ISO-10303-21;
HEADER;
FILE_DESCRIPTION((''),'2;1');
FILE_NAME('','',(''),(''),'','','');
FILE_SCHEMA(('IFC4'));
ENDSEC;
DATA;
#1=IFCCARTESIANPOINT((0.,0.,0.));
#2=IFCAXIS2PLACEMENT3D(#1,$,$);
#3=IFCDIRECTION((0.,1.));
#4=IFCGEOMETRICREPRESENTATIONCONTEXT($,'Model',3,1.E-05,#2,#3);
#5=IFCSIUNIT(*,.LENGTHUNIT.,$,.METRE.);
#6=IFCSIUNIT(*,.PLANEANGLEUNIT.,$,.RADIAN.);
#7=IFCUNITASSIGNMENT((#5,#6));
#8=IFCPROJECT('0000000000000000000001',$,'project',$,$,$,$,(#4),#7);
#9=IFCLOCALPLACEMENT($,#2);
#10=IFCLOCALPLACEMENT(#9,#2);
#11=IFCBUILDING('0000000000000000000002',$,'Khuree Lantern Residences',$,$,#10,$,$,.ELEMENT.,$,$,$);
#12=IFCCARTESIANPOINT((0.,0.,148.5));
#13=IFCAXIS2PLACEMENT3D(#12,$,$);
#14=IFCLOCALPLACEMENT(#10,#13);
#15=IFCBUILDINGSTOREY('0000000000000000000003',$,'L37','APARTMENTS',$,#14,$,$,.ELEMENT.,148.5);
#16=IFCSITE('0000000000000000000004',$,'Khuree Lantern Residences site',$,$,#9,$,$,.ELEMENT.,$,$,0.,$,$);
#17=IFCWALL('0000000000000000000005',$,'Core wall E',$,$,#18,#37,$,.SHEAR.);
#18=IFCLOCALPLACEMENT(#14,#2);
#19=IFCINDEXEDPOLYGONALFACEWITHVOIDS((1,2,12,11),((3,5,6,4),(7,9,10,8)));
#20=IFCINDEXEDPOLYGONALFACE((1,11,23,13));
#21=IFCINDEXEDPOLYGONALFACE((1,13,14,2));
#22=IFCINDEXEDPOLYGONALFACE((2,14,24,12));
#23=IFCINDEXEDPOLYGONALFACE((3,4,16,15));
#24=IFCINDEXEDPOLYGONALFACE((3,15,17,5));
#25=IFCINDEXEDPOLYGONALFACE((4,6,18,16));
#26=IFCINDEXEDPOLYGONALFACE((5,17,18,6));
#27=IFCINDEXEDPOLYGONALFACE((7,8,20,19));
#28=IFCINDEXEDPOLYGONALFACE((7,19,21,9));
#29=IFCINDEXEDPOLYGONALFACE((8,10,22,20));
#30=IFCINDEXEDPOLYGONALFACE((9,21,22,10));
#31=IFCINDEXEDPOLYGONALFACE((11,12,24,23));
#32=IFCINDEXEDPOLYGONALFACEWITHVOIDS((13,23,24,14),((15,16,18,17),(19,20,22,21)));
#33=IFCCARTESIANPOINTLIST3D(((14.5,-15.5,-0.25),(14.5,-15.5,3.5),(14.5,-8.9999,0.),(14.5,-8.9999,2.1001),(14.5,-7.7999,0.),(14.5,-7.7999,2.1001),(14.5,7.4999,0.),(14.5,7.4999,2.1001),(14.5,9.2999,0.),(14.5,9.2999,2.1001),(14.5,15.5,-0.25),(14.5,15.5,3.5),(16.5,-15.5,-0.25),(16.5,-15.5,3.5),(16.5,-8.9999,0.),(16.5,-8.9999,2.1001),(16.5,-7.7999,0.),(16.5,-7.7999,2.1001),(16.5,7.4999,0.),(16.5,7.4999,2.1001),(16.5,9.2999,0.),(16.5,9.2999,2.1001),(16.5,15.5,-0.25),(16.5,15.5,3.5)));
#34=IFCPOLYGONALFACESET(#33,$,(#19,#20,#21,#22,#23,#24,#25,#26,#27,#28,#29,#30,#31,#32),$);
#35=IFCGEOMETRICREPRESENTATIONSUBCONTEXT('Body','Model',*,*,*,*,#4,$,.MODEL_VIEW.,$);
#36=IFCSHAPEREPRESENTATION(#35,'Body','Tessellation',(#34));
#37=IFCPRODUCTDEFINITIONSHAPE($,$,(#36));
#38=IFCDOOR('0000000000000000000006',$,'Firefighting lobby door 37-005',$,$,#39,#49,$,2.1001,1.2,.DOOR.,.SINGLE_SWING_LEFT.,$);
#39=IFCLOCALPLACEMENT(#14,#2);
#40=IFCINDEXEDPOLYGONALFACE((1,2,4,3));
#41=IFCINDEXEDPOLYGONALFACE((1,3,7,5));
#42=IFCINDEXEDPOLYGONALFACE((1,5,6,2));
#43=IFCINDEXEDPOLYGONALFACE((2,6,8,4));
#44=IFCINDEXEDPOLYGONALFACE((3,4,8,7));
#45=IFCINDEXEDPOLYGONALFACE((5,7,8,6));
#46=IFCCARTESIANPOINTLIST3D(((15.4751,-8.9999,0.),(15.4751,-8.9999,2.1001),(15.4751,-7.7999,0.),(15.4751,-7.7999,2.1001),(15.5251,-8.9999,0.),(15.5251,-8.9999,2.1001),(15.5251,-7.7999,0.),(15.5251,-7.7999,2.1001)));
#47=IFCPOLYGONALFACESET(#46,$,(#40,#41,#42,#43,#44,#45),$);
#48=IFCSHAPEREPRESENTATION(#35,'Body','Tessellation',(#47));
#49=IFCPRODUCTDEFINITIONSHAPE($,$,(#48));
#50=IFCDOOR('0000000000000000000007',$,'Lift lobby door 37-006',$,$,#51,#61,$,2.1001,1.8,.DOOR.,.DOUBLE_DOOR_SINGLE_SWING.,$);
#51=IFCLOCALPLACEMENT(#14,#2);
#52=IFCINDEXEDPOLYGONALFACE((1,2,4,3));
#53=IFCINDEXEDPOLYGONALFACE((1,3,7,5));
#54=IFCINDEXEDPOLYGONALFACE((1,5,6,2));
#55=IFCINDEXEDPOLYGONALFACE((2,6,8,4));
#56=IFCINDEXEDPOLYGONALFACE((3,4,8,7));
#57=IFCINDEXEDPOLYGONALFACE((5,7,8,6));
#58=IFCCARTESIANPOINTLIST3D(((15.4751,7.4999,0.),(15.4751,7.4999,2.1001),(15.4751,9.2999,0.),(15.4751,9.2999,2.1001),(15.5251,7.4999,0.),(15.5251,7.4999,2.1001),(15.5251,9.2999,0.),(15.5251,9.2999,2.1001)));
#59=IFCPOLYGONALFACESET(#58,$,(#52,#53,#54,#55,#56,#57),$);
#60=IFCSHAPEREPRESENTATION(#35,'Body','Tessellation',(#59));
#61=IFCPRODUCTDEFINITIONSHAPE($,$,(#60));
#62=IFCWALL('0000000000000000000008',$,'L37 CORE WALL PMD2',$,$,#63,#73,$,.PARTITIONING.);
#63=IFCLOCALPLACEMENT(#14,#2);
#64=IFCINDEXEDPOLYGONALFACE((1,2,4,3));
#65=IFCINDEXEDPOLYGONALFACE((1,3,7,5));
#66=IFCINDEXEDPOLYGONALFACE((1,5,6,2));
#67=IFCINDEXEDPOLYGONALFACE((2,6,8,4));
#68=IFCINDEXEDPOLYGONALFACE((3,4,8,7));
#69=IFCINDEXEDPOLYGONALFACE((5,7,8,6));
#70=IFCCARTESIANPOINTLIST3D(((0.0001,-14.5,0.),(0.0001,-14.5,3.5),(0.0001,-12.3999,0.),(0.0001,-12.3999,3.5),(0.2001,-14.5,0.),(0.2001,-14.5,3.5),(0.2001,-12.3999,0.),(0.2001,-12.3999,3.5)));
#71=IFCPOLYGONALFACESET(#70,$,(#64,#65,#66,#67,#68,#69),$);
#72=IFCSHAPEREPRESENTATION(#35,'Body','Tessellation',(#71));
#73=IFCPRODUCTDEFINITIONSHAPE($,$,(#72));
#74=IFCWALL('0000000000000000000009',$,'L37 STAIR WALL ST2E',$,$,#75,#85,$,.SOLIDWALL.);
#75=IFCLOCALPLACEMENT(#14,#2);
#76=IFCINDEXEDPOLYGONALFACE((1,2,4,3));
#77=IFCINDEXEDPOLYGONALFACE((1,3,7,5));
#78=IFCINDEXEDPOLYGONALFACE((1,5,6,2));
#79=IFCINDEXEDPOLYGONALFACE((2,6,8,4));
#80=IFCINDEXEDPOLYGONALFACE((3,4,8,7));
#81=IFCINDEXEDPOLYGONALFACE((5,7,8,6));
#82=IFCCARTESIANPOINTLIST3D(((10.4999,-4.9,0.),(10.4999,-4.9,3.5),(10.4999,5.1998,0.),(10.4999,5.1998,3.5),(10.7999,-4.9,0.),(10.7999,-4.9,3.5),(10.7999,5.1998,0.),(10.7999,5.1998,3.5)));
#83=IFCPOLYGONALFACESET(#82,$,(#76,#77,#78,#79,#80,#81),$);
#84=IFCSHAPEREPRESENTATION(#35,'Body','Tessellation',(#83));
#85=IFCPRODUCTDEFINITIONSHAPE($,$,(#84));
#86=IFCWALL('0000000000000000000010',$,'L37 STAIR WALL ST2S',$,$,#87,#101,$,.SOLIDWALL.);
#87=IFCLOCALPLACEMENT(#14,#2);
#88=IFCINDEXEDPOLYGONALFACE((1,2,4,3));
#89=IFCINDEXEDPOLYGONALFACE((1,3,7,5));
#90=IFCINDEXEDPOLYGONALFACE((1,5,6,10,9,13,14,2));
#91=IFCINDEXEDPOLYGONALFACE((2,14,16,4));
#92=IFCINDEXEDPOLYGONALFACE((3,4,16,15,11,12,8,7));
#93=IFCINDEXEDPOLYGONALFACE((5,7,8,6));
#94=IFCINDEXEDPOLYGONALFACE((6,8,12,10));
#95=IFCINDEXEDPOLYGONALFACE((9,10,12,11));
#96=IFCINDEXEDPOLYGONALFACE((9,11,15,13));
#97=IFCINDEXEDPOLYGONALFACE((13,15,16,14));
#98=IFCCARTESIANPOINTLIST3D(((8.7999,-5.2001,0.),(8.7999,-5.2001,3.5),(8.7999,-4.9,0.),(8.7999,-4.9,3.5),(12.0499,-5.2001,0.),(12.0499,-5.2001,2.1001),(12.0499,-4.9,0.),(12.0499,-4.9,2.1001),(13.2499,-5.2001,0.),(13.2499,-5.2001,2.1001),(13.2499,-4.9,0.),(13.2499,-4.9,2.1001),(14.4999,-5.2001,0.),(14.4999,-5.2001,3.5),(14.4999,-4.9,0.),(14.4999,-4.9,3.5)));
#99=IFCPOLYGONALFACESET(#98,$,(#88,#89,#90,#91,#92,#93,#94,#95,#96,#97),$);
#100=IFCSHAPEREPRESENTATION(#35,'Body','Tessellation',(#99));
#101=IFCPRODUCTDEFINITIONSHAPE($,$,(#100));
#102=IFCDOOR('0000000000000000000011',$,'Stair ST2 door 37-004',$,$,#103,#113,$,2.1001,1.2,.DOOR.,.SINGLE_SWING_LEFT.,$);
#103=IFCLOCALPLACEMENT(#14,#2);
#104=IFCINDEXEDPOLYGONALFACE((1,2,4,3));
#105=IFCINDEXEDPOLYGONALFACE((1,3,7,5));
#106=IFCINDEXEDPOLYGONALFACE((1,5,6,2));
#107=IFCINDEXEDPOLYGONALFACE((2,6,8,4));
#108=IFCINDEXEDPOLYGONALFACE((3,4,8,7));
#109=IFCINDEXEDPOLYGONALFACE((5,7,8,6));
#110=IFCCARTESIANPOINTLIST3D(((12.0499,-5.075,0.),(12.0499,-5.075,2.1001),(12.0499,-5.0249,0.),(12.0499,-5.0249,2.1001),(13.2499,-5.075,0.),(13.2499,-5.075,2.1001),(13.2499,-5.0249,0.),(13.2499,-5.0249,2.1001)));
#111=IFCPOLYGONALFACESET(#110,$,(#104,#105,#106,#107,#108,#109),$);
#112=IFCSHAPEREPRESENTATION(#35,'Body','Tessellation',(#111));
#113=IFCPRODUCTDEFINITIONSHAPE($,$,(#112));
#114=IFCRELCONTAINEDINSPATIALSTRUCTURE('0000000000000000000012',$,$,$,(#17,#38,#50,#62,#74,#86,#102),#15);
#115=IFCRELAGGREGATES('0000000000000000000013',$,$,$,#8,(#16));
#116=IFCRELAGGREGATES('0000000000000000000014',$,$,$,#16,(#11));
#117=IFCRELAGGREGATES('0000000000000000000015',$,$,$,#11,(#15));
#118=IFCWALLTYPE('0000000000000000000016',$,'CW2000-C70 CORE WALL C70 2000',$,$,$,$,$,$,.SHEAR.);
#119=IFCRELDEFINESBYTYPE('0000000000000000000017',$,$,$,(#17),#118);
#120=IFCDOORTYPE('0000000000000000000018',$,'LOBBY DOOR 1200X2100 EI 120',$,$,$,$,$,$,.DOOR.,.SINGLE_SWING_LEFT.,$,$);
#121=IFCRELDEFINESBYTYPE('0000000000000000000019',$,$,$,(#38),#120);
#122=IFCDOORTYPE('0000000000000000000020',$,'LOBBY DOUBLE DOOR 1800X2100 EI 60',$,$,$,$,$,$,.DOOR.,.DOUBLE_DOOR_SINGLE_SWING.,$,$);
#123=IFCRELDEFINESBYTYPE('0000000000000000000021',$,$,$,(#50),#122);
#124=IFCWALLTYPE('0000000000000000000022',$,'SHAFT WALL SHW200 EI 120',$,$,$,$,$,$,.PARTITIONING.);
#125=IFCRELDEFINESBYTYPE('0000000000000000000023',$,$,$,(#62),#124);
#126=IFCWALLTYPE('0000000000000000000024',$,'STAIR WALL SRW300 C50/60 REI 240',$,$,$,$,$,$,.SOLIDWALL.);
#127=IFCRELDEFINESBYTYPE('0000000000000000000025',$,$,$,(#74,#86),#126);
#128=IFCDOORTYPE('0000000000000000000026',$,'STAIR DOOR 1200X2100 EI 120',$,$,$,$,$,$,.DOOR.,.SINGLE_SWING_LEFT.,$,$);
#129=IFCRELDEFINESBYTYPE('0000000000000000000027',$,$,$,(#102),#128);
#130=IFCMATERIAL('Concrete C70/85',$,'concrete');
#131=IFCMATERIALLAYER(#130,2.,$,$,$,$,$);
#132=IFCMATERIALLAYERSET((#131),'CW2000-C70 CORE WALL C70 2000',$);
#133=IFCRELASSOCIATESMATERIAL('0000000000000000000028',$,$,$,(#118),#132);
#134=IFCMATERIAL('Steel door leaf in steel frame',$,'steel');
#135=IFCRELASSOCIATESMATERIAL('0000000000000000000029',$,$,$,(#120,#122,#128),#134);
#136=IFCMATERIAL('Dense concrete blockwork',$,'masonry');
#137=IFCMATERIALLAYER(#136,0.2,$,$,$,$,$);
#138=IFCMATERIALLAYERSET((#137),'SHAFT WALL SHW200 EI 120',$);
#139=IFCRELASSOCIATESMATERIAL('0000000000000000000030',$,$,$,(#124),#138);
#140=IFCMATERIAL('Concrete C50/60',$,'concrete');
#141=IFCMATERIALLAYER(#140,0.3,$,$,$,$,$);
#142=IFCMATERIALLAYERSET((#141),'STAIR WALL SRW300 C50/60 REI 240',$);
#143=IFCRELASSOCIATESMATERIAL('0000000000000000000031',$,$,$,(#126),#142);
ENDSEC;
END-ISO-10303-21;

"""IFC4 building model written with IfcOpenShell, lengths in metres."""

from ifc_helpers import new_model, si_unit, direction, frame, frame_2d, origin, place, context, subcontext, project, spatial, rectangle, extrude, material, layer, layer_set, type_object, element, fill, save


model = new_model("IFC4")

# Units and contexts
model_context = context("Model", 3, precision=1e-05, world=origin(), true_north=direction((0.0, 1.0)))
body_context = subcontext(model_context, "Body", "Model", "MODEL_VIEW")
ifc_project = project(units=[si_unit("LENGTHUNIT", "METRE"), si_unit("PLANEANGLEUNIT", "RADIAN")], contexts=[model_context])

# Site, building, storey
site_placement = place(None, origin())
site = spatial("IfcSite", under=ifc_project, at=site_placement, Name="Khuree Lantern Residences site", CompositionType="ELEMENT", RefElevation=0.0)
building_placement = place(site_placement, origin())
building = spatial("IfcBuilding", under=site, at=building_placement, Name="Khuree Lantern Residences", CompositionType="ELEMENT")
storey_placement = place(building_placement, frame((0.0, 0.0, 148.5)))
storey = spatial("IfcBuildingStorey", under=building, at=storey_placement, Name="L37", Description="APARTMENTS", CompositionType="ELEMENT", Elevation=148.5)

# Shared definitions
ifc_material_1 = material(Name="Dense concrete blockwork", Category="masonry")

# Wall, openings, doors
ifc_material_2 = material(Name="Concrete C70/85", Category="concrete")
ifc_layer_1 = layer(ifc_material_2, 2.0)
ifc_layer_set_1 = layer_set([ifc_layer_1], Name="CW2000-C70 CORE WALL C70 2000")
wall_type_1 = type_object("IfcWallType", Name="CW2000-C70 CORE WALL C70 2000", PredefinedType="SHEAR", material=ifc_layer_set_1)
wall_1_placement = place(storey_placement, frame((15.5, -15.5, -0.25), z_axis=(0.0, 0.0, 1.0), x_axis=(0.0, 1.0, 0.0)))
wall_1 = element("IfcWall", 1, at=wall_1_placement, inside=storey, type_object=wall_type_1, Name="Core wall E", PredefinedType="SHEAR", context=body_context, shape_type="SweptSolid", body=[
    extrude(rectangle(XDim=31.0, YDim=2.0, at=frame_2d((15.5, 0.0))), origin(), (0.0, 0.0, 1.0), 3.75),
])
opening_1_placement = place(wall_1_placement, frame((6.5, 0.0, 0.25)))
opening_1 = element("IfcOpeningElement", 2, at=opening_1_placement, cuts=wall_1, PredefinedType="OPENING", context=body_context, shape_type="SweptSolid", body=[
    extrude(rectangle(XDim=1.2, YDim=2.1001, at=frame_2d((0.6001, 1.05))), frame((0.0, 1.01, 0.0), z_axis=(0.0, -1.0, 0.0), x_axis=(1.0, 0.0, 0.0)), (0.0, 0.0, 1.0), 2.02),
])
opening_2_placement = place(wall_1_placement, frame((23.0, 0.0, 0.25)))
opening_2 = element("IfcOpeningElement", 3, at=opening_2_placement, cuts=wall_1, PredefinedType="OPENING", context=body_context, shape_type="SweptSolid", body=[
    extrude(rectangle(XDim=1.8, YDim=2.1001, at=frame_2d((0.8999, 1.05))), frame((0.0, 1.01, 0.0), z_axis=(0.0, -1.0, 0.0), x_axis=(1.0, 0.0, 0.0)), (0.0, 0.0, 1.0), 2.02),
])
ifc_material_3 = material(Name="Steel door leaf in steel frame", Category="steel")
door_type_1 = type_object("IfcDoorType", Name="LOBBY DOOR 1200X2100 EI 120", OperationType="SINGLE_SWING_LEFT", PredefinedType="DOOR", material=ifc_material_3)
door_1_placement = place(opening_1_placement, origin())
door_1 = element("IfcDoor", 4, at=door_1_placement, inside=storey, type_object=door_type_1, Name="Firefighting lobby door 37-005", OperationType="SINGLE_SWING_LEFT", OverallHeight=2.1001, OverallWidth=1.2, PredefinedType="DOOR", context=body_context, shape_type="SweptSolid", body=[
    extrude(rectangle(XDim=1.2, YDim=2.1001, at=frame_2d((0.6001, 1.05))), frame((0.0, 0.0249, 0.0), z_axis=(0.0, -1.0, 0.0), x_axis=(1.0, 0.0, 0.0)), (0.0, 0.0, 1.0), 0.05),
])
fill(opening_1, door_1)
door_type_2 = type_object("IfcDoorType", Name="LOBBY DOUBLE DOOR 1800X2100 EI 60", OperationType="DOUBLE_DOOR_SINGLE_SWING", PredefinedType="DOOR", material=ifc_material_3)
door_2_placement = place(opening_2_placement, origin())
door_2 = element("IfcDoor", 5, at=door_2_placement, inside=storey, type_object=door_type_2, Name="Lift lobby door 37-006", OperationType="DOUBLE_DOOR_SINGLE_SWING", OverallHeight=2.1001, OverallWidth=1.8, PredefinedType="DOOR", context=body_context, shape_type="SweptSolid", body=[
    extrude(rectangle(XDim=1.8, YDim=2.1001, at=frame_2d((0.8999, 1.05))), frame((0.0, 0.0249, 0.0), z_axis=(0.0, -1.0, 0.0), x_axis=(1.0, 0.0, 0.0)), (0.0, 0.0, 1.0), 0.05),
])
fill(opening_2, door_2)

# Walls
ifc_layer_2 = layer(ifc_material_1, 0.2)
ifc_layer_set_2 = layer_set([ifc_layer_2], Name="SHAFT WALL SHW200 EI 120")
wall_type_2 = type_object("IfcWallType", Name="SHAFT WALL SHW200 EI 120", PredefinedType="PARTITIONING", material=ifc_layer_set_2)
wall_2_placement = place(storey_placement, frame((0.1001, -14.5, 0.0), z_axis=(0.0, 0.0, 1.0), x_axis=(0.0, 1.0, 0.0)))
element("IfcWall", 6, at=wall_2_placement, inside=storey, type_object=wall_type_2, Name="L37 CORE WALL PMD2", PredefinedType="PARTITIONING", context=body_context, shape_type="SweptSolid", body=[
    extrude(rectangle(XDim=2.1001, YDim=0.2, at=frame_2d((1.05, 0.0))), origin(), (0.0, 0.0, 1.0), 3.5),
])
ifc_material_4 = material(Name="Concrete C50/60", Category="concrete")
ifc_layer_3 = layer(ifc_material_4, 0.3)
ifc_layer_set_3 = layer_set([ifc_layer_3], Name="STAIR WALL SRW300 C50/60 REI 240")
wall_type_3 = type_object("IfcWallType", Name="STAIR WALL SRW300 C50/60 REI 240", PredefinedType="SOLIDWALL", material=ifc_layer_set_3)
wall_3_placement = place(storey_placement, frame((10.6499, -4.8999, 0.0), z_axis=(0.0, 0.0, 1.0), x_axis=(0.0, 1.0, 0.0)))
element("IfcWall", 7, at=wall_3_placement, inside=storey, type_object=wall_type_3, Name="L37 STAIR WALL ST2E", PredefinedType="SOLIDWALL", context=body_context, shape_type="SweptSolid", body=[
    extrude(rectangle(XDim=10.0999, YDim=0.3, at=frame_2d((5.0498, 0.0))), origin(), (0.0, 0.0, 1.0), 3.5),
])

# Wall, opening, door
wall_4_placement = place(storey_placement, frame((14.5, -5.05, 0.0), z_axis=(0.0, 0.0, 1.0), x_axis=(-1.0, 0.0, 0.0)))
wall_4 = element("IfcWall", 8, at=wall_4_placement, inside=storey, type_object=wall_type_3, Name="L37 STAIR WALL ST2S", PredefinedType="SOLIDWALL", context=body_context, shape_type="SweptSolid", body=[
    extrude(rectangle(XDim=5.7, YDim=0.3, at=frame_2d((2.8501, 0.0))), origin(), (0.0, 0.0, 1.0), 3.5),
])
opening_3_placement = place(wall_4_placement, frame((1.25, 0.0, 0.0)))
opening_3 = element("IfcOpeningElement", 9, at=opening_3_placement, cuts=wall_4, PredefinedType="OPENING", context=body_context, shape_type="SweptSolid", body=[
    extrude(rectangle(XDim=1.2, YDim=2.1001, at=frame_2d((0.6001, 1.05))), frame((0.0, 0.1602, 0.0), z_axis=(0.0, -1.0, 0.0), x_axis=(1.0, 0.0, 0.0)), (0.0, 0.0, 1.0), 0.3201),
])
door_type_3 = type_object("IfcDoorType", Name="STAIR DOOR 1200X2100 EI 120", OperationType="SINGLE_SWING_LEFT", PredefinedType="DOOR", material=ifc_material_3)
door_3_placement = place(opening_3_placement, origin())
door_3 = element("IfcDoor", 10, at=door_3_placement, inside=storey, type_object=door_type_3, Name="Stair ST2 door 37-004", OperationType="SINGLE_SWING_LEFT", OverallHeight=2.1001, OverallWidth=1.2, PredefinedType="DOOR", context=body_context, shape_type="SweptSolid", body=[
    extrude(rectangle(XDim=1.2, YDim=2.1001, at=frame_2d((0.6001, 1.05))), frame((0.0, 0.0249, 0.0), z_axis=(0.0, -1.0, 0.0), x_axis=(1.0, 0.0, 0.0)), (0.0, 0.0, 1.0), 0.05),
])
fill(opening_3, door_3)

save(model, "model.ifc")
